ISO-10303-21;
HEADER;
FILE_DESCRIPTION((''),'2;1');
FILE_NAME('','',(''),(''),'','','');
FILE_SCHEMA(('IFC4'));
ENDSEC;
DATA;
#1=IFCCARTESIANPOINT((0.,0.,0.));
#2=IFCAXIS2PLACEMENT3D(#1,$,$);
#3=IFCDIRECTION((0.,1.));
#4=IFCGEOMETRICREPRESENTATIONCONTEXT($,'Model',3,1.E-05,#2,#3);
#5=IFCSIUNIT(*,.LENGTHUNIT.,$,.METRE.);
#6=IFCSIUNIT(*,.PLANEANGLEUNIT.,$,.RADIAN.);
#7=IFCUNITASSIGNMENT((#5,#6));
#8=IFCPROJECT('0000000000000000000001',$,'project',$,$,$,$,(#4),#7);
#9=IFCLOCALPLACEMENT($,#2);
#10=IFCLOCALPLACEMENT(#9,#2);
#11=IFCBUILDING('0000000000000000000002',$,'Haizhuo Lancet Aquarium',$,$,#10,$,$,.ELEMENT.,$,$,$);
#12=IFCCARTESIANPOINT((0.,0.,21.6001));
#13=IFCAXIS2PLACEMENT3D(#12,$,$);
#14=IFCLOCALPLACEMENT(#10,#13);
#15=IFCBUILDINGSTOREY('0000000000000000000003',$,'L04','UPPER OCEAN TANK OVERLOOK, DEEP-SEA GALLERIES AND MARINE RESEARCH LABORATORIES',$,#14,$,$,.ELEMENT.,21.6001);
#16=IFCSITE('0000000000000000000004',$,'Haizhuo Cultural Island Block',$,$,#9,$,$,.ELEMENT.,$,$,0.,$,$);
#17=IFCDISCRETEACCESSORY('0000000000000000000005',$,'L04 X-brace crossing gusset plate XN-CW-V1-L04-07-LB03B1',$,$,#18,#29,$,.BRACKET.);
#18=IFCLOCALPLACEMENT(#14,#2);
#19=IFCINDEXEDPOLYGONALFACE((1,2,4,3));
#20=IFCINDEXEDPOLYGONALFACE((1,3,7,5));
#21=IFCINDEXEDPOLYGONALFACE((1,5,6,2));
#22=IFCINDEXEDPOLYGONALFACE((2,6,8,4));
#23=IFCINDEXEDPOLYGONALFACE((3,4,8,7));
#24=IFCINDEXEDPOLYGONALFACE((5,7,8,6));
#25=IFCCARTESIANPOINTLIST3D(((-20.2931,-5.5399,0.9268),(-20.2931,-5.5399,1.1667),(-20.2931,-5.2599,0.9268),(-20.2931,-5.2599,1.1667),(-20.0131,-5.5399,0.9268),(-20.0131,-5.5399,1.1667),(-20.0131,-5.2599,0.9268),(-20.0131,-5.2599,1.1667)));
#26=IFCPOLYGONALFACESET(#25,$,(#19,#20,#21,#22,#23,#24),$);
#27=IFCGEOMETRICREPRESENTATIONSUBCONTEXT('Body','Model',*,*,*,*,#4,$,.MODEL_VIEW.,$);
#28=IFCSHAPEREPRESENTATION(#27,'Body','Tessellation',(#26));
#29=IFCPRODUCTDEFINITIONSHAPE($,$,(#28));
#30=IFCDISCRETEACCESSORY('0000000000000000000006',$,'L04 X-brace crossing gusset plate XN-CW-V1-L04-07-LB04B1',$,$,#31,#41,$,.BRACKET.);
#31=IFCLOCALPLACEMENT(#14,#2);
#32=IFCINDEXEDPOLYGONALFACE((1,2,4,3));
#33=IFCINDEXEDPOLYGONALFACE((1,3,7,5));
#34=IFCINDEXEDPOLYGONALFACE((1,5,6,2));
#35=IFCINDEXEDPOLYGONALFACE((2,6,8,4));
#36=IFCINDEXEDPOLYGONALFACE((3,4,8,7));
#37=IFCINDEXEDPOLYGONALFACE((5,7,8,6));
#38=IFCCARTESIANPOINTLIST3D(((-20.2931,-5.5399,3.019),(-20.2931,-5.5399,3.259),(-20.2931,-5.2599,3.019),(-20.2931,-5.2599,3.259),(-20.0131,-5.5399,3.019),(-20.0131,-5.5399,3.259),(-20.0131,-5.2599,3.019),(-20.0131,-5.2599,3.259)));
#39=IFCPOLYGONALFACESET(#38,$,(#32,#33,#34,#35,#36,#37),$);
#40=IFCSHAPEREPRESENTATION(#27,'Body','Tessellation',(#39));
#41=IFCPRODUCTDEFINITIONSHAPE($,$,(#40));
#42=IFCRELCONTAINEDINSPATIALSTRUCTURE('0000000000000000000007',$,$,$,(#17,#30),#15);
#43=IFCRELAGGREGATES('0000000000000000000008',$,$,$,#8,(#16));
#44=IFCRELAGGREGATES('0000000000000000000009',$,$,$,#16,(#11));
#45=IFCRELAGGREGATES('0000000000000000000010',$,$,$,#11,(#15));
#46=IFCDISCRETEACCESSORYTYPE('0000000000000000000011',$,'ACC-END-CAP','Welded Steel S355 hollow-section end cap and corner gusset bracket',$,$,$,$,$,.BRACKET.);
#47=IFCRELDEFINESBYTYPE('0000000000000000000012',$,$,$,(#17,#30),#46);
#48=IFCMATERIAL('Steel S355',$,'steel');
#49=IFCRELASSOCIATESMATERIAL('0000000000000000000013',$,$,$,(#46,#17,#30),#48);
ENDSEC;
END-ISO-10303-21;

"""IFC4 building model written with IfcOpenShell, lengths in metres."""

from ifc_helpers import new_model, si_unit, direction, frame, origin, origin_2d, place, context, subcontext, project, spatial, rectangle, extrude, material, type_object, element, save


model = new_model("IFC4")

# Units and contexts
model_context = context("Model", 3, precision=1e-05, world=origin(), true_north=direction((0.0, 1.0)))
body_context = subcontext(model_context, "Body", "Model", "MODEL_VIEW")
ifc_project = project(units=[si_unit("LENGTHUNIT", "METRE"), si_unit("PLANEANGLEUNIT", "RADIAN")], contexts=[model_context])

# Site, building, storey
site_placement = place(None, origin())
site = spatial("IfcSite", under=ifc_project, at=site_placement, Name="Haizhuo Cultural Island Block", CompositionType="ELEMENT", RefElevation=0.0)
building_placement = place(site_placement, origin())
building = spatial("IfcBuilding", under=site, at=building_placement, Name="Haizhuo Lancet Aquarium", CompositionType="ELEMENT")
storey_placement = place(building_placement, frame((0.0, 0.0, 21.6001)))
storey = spatial("IfcBuildingStorey", under=building, at=storey_placement, Name="L04", Description="UPPER OCEAN TANK OVERLOOK, DEEP-SEA GALLERIES AND MARINE RESEARCH LABORATORIES", CompositionType="ELEMENT", Elevation=21.6001)

# Shared definitions
ifc_material_1 = material(Name="Steel S355", Category="steel")

# Discrete accessories
discrete_accessory_type = type_object("IfcDiscreteAccessoryType", Name="ACC-END-CAP", Description="Welded Steel S355 hollow-section end cap and corner gusset bracket", PredefinedType="BRACKET", material=ifc_material_1)
for number, where, z_axis, x_axis, name in (
    (1, (-20.1531, -5.3999, 0.9268), (0.0, 0.0, 1.0), (1.0, 0.0, 0.0), "L04 X-brace crossing gusset plate XN-CW-V1-L04-07-LB03B1"),
    (2, (-20.1531, -5.3999, 3.019), (0.0, 0.0, 1.0), (1.0, 0.0, 0.0), "L04 X-brace crossing gusset plate XN-CW-V1-L04-07-LB04B1"),
):
    element("IfcDiscreteAccessory", number, at=place(storey_placement, frame(where, z_axis=z_axis, x_axis=x_axis)), inside=storey, type_object=discrete_accessory_type, material=ifc_material_1, Name=name, PredefinedType="BRACKET", context=body_context, shape_type="SweptSolid", body=[
        extrude(rectangle(XDim=0.28, YDim=0.28, at=origin_2d()), origin(), (0.0, 0.0, 1.0), 0.24),
    ])

save(model, "model.ifc")
